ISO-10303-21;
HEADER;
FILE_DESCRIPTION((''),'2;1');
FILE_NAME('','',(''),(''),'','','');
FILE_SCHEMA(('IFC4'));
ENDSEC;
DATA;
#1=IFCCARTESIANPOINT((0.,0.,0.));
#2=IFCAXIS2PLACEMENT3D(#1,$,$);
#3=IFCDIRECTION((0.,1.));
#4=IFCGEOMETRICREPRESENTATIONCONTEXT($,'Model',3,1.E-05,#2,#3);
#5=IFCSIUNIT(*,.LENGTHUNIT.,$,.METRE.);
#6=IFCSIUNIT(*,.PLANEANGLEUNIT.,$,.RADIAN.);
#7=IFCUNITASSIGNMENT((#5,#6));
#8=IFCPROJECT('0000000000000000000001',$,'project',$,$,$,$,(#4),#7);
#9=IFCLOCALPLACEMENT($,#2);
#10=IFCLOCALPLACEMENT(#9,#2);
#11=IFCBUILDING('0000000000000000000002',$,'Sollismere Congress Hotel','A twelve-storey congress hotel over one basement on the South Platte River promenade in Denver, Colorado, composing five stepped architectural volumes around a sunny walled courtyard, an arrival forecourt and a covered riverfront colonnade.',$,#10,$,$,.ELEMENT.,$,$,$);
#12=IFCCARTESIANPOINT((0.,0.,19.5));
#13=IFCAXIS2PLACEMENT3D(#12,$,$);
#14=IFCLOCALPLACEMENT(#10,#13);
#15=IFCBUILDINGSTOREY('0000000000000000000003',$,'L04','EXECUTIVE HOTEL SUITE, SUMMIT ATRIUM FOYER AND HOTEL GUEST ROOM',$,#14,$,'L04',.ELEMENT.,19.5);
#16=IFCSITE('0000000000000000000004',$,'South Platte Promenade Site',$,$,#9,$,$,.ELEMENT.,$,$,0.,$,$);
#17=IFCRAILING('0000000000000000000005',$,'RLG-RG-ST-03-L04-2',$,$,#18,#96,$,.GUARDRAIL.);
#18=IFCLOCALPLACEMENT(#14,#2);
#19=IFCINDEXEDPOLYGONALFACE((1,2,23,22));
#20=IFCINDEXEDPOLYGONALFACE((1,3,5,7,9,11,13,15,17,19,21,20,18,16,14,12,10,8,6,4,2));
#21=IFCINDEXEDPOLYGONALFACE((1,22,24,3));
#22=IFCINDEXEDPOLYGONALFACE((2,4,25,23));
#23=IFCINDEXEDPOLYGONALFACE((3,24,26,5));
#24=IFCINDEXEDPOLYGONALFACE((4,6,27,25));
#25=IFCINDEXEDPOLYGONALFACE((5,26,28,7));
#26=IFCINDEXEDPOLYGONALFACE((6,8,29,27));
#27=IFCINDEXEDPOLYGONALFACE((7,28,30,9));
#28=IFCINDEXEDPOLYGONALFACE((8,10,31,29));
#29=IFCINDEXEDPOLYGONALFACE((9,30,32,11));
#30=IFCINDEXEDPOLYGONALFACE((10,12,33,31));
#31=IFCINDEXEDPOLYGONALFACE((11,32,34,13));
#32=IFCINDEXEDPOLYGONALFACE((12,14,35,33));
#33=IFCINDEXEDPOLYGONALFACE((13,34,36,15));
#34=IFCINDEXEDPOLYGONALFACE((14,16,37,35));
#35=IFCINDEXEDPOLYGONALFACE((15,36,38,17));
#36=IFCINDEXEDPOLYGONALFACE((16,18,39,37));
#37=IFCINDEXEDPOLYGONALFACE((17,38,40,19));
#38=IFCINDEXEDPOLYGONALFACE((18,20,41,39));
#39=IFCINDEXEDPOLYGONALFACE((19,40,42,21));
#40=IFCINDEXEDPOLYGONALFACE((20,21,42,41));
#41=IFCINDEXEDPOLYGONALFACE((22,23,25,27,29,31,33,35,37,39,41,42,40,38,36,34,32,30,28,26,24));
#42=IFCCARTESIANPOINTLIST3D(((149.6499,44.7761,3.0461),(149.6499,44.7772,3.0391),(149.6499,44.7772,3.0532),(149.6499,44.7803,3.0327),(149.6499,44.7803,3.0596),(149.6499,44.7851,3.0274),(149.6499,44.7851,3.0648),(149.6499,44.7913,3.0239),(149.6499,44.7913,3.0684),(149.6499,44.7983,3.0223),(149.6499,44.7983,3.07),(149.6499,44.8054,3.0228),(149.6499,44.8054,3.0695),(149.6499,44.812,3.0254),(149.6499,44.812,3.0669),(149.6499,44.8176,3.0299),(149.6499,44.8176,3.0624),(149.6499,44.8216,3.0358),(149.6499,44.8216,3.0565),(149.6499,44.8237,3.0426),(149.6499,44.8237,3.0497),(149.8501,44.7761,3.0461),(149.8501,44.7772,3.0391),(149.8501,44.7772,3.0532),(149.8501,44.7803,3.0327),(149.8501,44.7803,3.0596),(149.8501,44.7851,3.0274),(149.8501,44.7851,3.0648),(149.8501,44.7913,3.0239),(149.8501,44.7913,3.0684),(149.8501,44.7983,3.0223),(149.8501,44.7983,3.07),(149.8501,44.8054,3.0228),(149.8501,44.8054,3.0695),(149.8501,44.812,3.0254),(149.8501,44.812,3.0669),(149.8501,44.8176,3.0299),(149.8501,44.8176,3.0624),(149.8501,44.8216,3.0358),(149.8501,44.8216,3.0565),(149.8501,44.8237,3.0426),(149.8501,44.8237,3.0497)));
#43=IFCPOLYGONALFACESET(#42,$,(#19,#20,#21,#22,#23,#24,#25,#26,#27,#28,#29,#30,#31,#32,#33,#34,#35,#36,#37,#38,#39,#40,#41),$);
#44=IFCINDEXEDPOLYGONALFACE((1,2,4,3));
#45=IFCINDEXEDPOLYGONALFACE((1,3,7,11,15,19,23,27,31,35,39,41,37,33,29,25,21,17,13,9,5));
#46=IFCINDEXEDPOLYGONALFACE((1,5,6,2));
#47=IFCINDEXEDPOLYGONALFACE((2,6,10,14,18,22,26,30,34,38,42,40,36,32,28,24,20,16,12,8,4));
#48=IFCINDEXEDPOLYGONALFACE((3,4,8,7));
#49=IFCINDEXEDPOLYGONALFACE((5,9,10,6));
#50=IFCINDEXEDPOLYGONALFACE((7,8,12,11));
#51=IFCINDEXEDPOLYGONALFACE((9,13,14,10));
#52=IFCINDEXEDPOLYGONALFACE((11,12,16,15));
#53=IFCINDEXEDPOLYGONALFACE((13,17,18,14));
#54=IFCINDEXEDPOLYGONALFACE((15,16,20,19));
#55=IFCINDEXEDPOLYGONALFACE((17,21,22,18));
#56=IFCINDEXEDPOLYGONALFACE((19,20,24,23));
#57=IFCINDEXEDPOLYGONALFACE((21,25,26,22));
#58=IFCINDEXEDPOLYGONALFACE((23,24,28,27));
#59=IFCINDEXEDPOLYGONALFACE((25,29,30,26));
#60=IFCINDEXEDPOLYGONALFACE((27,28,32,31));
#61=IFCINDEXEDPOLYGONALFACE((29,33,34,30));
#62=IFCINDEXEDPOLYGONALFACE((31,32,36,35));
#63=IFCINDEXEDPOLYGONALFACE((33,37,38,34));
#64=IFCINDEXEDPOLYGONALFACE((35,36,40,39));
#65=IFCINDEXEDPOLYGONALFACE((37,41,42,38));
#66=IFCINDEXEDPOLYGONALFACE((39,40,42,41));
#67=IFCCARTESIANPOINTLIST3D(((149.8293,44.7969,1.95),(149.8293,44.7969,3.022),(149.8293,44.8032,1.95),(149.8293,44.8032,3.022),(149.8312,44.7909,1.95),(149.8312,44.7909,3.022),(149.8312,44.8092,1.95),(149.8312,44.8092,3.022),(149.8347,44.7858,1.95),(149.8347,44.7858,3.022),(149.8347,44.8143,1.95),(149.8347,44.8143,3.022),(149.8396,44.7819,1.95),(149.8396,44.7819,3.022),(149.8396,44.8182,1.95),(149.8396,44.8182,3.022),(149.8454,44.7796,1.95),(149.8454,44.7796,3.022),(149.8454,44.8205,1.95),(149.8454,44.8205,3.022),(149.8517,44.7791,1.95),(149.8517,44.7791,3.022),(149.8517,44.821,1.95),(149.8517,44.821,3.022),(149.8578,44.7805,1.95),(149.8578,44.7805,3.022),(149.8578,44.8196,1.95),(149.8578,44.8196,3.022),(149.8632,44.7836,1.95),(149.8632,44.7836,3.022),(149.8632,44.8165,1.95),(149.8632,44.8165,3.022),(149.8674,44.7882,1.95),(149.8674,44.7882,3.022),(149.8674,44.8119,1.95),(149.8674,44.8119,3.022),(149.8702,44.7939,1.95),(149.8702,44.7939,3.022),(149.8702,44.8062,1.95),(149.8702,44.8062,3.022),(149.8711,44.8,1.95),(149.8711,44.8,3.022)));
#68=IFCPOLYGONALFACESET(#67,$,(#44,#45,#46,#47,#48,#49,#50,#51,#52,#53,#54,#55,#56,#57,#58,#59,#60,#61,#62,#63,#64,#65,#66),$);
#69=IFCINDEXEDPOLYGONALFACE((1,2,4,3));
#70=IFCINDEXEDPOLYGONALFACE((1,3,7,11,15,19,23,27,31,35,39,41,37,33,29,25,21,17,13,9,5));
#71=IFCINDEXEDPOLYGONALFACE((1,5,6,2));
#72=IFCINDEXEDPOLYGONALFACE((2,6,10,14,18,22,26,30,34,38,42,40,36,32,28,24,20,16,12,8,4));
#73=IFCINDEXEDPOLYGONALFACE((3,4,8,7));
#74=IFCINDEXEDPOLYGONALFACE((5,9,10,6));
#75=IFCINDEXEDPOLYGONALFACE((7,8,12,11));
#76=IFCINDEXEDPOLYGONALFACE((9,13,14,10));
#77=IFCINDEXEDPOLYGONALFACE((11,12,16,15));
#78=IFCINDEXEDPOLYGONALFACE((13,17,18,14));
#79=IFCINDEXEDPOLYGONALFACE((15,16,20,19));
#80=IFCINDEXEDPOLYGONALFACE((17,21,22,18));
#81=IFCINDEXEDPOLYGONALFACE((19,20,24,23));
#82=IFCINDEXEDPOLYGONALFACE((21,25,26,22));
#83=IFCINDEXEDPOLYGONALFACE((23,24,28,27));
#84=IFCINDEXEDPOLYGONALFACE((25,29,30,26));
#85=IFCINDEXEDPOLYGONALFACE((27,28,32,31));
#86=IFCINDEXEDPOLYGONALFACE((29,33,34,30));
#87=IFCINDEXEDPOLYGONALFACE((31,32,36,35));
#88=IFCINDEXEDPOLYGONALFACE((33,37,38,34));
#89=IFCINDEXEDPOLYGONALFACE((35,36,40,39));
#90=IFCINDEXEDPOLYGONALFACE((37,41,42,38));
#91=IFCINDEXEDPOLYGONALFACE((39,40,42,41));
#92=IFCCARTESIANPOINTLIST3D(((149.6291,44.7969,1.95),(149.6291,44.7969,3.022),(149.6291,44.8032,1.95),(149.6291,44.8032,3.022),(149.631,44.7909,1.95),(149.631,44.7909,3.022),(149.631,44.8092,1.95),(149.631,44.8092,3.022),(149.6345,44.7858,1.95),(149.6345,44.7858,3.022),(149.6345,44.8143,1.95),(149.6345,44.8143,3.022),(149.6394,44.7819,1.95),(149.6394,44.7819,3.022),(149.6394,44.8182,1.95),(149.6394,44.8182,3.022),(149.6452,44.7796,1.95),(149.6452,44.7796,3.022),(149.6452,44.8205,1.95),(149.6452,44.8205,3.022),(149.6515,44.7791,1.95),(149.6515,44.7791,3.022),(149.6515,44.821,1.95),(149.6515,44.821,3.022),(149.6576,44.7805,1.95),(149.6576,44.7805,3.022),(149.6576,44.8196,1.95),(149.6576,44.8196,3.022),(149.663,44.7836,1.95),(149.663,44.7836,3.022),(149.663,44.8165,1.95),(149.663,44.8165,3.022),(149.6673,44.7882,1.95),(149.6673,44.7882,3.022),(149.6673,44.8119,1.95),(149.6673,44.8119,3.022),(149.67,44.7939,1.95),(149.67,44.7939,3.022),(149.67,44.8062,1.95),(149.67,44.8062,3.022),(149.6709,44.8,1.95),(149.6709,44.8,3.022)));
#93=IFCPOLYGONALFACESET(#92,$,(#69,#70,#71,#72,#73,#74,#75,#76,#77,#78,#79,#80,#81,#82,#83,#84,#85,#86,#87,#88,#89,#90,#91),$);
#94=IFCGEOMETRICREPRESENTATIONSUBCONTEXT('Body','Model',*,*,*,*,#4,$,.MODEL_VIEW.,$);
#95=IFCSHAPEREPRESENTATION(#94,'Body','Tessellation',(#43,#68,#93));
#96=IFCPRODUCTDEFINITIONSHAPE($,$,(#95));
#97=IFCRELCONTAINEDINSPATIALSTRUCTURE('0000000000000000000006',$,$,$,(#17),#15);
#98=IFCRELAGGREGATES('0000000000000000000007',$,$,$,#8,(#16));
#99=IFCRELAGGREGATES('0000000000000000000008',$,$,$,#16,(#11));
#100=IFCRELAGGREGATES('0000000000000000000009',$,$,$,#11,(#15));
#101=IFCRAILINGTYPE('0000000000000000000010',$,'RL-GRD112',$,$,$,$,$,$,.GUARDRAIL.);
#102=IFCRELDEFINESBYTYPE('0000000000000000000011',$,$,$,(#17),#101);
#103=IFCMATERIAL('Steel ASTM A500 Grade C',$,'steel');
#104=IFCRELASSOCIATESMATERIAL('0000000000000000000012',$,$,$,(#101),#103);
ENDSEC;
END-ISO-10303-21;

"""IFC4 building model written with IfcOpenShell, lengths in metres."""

from ifc_helpers import new_model, si_unit, direction, frame, origin, origin_2d, place, context, subcontext, project, spatial, circle, extrude, material, type_object, element, save


model = new_model("IFC4")

# Units and contexts
model_context = context("Model", 3, precision=1e-05, world=origin(), true_north=direction((0.0, 1.0)))
body_context = subcontext(model_context, "Body", "Model", "MODEL_VIEW")
ifc_project = project(units=[si_unit("LENGTHUNIT", "METRE"), si_unit("PLANEANGLEUNIT", "RADIAN")], contexts=[model_context])

# Site, building, storey
site_placement = place(None, origin())
site = spatial("IfcSite", under=ifc_project, at=site_placement, Name="South Platte Promenade Site", CompositionType="ELEMENT", RefElevation=0.0)
building_placement = place(site_placement, origin())
building = spatial("IfcBuilding", under=site, at=building_placement, Name="Sollismere Congress Hotel", Description="A twelve-storey congress hotel over one basement on the South Platte River promenade in Denver, Colorado, composing five stepped architectural volumes around a sunny walled courtyard, an arrival forecourt and a covered riverfront colonnade.", CompositionType="ELEMENT")
storey_placement = place(building_placement, frame((0.0, 0.0, 19.5)))
storey = spatial("IfcBuildingStorey", under=building, at=storey_placement, Name="L04", Description="EXECUTIVE HOTEL SUITE, SUMMIT ATRIUM FOYER AND HOTEL GUEST ROOM", LongName="L04", CompositionType="ELEMENT", Elevation=19.5)

# Railing
ifc_material_1 = material(Name="Steel ASTM A500 Grade C", Category="steel")
railing_type_1 = type_object("IfcRailingType", Name="RL-GRD112", PredefinedType="GUARDRAIL", material=ifc_material_1)
railing_1_placement = place(storey_placement, frame((149.8501, 44.8, 1.95)))
element("IfcRailing", 1, at=railing_1_placement, inside=storey, type_object=railing_type_1, Name="RLG-RG-ST-03-L04-2", PredefinedType="GUARDRAIL", context=body_context, shape_type="SweptSolid", body=[
    extrude(circle(Radius=0.0239, at=origin_2d()), frame((0.0, 0.0, 1.0962), z_axis=(-1.0, 0.0, 0.0), x_axis=(0.0, -1.0, 0.0)), (0.0, 0.0, 1.0), 0.2002),
    extrude(circle(Radius=0.021, at=origin_2d()), origin(), (0.0, 0.0, 1.0), 1.072),
    extrude(circle(Radius=0.021, at=origin_2d()), frame((-0.2002, 0.0, 0.0)), (0.0, 0.0, 1.0), 1.072),
])

save(model, "model.ifc")
